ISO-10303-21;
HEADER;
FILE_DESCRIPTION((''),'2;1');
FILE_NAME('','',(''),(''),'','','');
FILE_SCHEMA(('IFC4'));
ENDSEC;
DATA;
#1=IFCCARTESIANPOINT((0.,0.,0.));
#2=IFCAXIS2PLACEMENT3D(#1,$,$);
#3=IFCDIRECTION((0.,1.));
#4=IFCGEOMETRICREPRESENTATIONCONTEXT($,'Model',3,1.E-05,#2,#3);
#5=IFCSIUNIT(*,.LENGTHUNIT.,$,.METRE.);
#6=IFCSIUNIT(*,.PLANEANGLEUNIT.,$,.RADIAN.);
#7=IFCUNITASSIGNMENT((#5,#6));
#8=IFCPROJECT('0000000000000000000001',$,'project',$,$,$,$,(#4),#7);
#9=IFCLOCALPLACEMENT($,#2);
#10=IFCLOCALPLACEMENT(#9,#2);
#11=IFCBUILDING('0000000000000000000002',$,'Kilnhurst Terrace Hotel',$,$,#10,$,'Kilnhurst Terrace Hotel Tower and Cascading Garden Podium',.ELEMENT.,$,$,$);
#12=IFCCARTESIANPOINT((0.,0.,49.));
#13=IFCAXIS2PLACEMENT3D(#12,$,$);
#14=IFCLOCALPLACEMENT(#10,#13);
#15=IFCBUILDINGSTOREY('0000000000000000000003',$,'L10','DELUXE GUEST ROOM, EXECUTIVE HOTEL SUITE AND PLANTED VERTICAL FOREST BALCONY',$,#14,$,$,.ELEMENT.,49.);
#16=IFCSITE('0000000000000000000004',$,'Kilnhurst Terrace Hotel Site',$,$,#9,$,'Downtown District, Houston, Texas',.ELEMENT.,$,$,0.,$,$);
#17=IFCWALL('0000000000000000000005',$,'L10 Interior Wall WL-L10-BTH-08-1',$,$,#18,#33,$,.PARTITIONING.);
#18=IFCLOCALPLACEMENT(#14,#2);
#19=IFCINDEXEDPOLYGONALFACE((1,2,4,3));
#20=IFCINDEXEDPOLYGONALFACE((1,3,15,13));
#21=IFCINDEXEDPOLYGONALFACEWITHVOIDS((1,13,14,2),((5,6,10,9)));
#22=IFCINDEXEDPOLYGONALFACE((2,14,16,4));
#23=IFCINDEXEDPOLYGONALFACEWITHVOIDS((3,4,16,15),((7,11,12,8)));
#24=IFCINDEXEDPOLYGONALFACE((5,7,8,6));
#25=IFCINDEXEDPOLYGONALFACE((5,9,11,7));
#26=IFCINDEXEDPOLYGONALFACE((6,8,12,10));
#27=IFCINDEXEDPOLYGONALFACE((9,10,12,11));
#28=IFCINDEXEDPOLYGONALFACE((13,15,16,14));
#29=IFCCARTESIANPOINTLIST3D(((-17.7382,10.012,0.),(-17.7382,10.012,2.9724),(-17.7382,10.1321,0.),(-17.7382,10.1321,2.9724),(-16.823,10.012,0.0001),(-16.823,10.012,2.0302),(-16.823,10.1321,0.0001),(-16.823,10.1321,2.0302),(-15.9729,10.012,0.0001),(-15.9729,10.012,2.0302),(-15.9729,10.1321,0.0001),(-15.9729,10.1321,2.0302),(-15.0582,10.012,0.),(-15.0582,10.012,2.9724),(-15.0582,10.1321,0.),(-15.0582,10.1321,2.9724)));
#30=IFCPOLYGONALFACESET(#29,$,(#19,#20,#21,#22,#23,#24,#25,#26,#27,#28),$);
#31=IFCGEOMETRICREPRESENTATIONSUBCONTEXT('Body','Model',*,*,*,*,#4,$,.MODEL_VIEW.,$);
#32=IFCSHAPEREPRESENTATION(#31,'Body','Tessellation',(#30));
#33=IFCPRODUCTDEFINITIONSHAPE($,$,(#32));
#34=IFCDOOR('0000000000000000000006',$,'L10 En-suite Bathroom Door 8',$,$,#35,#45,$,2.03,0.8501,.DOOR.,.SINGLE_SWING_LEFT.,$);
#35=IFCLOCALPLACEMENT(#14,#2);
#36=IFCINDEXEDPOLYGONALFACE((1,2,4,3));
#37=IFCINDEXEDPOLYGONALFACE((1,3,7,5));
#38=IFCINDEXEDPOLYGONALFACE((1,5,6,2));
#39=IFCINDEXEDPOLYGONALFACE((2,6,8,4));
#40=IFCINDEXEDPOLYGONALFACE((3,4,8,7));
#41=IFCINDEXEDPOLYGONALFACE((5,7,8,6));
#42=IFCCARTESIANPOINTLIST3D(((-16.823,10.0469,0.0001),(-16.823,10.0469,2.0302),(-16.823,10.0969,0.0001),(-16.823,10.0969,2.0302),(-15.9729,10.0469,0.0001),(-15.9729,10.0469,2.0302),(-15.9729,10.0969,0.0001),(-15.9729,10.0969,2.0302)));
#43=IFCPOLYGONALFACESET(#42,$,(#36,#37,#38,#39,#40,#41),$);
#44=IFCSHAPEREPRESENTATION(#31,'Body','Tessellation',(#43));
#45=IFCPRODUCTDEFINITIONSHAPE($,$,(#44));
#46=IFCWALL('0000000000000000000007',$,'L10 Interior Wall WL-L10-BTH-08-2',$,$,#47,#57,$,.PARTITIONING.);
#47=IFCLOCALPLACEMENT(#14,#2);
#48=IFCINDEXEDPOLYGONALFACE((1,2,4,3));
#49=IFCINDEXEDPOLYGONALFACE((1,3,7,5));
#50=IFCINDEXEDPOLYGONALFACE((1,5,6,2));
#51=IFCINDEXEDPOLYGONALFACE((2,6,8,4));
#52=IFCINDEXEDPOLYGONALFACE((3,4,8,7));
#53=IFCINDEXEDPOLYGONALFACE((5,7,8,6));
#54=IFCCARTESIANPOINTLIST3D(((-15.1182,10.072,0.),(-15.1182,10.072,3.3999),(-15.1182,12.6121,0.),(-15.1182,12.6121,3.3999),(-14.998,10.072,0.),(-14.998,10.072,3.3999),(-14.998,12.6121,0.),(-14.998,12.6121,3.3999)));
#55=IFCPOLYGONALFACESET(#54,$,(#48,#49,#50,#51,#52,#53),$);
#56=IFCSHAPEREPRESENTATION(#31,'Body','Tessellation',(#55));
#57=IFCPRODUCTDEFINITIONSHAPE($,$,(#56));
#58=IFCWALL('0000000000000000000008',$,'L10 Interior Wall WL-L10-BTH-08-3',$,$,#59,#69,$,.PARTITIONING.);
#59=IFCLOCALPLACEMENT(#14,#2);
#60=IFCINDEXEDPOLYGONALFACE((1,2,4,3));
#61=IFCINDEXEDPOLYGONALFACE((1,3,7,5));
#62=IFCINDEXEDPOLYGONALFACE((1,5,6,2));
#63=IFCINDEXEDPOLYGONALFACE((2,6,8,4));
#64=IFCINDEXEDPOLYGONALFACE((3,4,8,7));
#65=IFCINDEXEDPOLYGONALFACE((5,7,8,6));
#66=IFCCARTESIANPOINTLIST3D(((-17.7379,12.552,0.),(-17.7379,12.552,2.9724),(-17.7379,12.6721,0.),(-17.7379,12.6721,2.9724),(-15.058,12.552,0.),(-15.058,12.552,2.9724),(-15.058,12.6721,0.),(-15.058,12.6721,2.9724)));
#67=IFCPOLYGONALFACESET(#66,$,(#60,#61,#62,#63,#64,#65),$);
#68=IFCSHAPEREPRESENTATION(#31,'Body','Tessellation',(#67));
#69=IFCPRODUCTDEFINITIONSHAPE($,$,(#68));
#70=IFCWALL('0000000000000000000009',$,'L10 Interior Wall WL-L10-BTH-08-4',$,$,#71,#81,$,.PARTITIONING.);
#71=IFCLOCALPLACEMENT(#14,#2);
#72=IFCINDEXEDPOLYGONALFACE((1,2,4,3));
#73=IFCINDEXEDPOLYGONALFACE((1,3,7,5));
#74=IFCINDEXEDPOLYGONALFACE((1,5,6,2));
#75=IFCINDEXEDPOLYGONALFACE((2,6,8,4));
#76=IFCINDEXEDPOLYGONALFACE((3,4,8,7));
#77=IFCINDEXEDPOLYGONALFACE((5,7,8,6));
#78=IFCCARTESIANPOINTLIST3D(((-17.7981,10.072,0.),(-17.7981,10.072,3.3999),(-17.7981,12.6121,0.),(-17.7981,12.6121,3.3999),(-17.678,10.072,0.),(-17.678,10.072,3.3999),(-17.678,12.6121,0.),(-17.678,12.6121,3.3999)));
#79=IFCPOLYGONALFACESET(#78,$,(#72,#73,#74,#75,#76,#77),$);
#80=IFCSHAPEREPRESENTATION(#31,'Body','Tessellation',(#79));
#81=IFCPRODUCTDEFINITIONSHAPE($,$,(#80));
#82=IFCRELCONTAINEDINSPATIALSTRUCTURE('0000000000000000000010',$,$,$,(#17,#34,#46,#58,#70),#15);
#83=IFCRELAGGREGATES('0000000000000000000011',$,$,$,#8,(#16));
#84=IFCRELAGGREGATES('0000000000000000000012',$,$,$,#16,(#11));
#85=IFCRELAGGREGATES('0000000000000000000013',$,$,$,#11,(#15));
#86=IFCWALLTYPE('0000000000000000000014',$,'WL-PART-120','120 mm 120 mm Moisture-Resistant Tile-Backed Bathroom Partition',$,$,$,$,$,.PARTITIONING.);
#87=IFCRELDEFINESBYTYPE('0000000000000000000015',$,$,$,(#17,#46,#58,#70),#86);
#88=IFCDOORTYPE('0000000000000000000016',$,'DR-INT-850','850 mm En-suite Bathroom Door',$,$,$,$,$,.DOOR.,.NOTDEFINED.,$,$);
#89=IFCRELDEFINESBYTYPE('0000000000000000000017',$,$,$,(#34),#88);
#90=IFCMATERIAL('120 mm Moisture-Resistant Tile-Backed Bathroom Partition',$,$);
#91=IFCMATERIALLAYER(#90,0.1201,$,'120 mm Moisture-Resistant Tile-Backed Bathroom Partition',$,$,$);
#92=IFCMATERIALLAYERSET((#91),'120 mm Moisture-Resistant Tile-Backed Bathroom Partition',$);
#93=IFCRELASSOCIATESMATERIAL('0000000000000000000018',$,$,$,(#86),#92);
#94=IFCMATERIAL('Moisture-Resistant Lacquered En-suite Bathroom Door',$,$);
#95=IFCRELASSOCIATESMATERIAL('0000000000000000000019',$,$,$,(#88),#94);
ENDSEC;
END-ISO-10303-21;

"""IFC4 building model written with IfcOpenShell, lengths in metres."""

from ifc_helpers import new_model, si_unit, direction, frame, frame_2d, origin, place, context, subcontext, project, spatial, rectangle, extrude, material, layer, layer_set, type_object, element, fill, save


model = new_model("IFC4")

# Units and contexts
model_context = context("Model", 3, precision=1e-05, world=origin(), true_north=direction((0.0, 1.0)))
body_context = subcontext(model_context, "Body", "Model", "MODEL_VIEW")
ifc_project = project(units=[si_unit("LENGTHUNIT", "METRE"), si_unit("PLANEANGLEUNIT", "RADIAN")], contexts=[model_context])

# Site, building, storey
site_placement = place(None, origin())
site = spatial("IfcSite", under=ifc_project, at=site_placement, Name="Kilnhurst Terrace Hotel Site", LongName="Downtown District, Houston, Texas", CompositionType="ELEMENT", RefElevation=0.0)
building_placement = place(site_placement, origin())
building = spatial("IfcBuilding", under=site, at=building_placement, Name="Kilnhurst Terrace Hotel", LongName="Kilnhurst Terrace Hotel Tower and Cascading Garden Podium", CompositionType="ELEMENT")
storey_placement = place(building_placement, frame((0.0, 0.0, 49.0)))
storey = spatial("IfcBuildingStorey", under=building, at=storey_placement, Name="L10", Description="DELUXE GUEST ROOM, EXECUTIVE HOTEL SUITE AND PLANTED VERTICAL FOREST BALCONY", CompositionType="ELEMENT", Elevation=49.0)

# Wall, opening, door
ifc_material_1 = material(Name="120 mm Moisture-Resistant Tile-Backed Bathroom Partition")
ifc_layer_1 = layer(ifc_material_1, 0.1201, Name="120 mm Moisture-Resistant Tile-Backed Bathroom Partition")
ifc_layer_set_1 = layer_set([ifc_layer_1], Name="120 mm Moisture-Resistant Tile-Backed Bathroom Partition")
wall_type_1 = type_object("IfcWallType", Name="WL-PART-120", Description="120 mm 120 mm Moisture-Resistant Tile-Backed Bathroom Partition", PredefinedType="PARTITIONING", material=ifc_layer_set_1)
wall_1_placement = place(storey_placement, frame((-17.738, 10.072, 0.0), z_axis=(0.0, 0.0, 1.0), x_axis=(1.0, 0.0, 0.0)))
wall_1 = element("IfcWall", 1, at=wall_1_placement, inside=storey, type_object=wall_type_1, Name="L10 Interior Wall WL-L10-BTH-08-1", PredefinedType="PARTITIONING", context=body_context, shape_type="SweptSolid", body=[
    extrude(rectangle(XDim=2.6799, YDim=0.1201, at=frame_2d((1.3398, 0.0))), origin(), (0.0, 0.0, 1.0), 2.9724),
])
opening_1_placement = place(wall_1_placement, frame((0.915, 0.0, 0.0)))
opening_1 = element("IfcOpeningElement", 2, at=opening_1_placement, cuts=wall_1, PredefinedType="OPENING", context=body_context, shape_type="SweptSolid", body=[
    extrude(rectangle(XDim=0.8501, YDim=2.03, at=frame_2d((0.425, 1.0151))), frame((0.0, 0.0701, 0.0), z_axis=(0.0, -1.0, 0.0), x_axis=(1.0, 0.0, 0.0)), (0.0, 0.0, 1.0), 0.1401),
])
ifc_material_2 = material(Name="Moisture-Resistant Lacquered En-suite Bathroom Door")
door_type_1 = type_object("IfcDoorType", Name="DR-INT-850", Description="850 mm En-suite Bathroom Door", OperationType="NOTDEFINED", PredefinedType="DOOR", material=ifc_material_2)
door_1_placement = place(opening_1_placement, origin())
door_1 = element("IfcDoor", 3, at=door_1_placement, inside=storey, type_object=door_type_1, Name="L10 En-suite Bathroom Door 8", OperationType="SINGLE_SWING_LEFT", OverallHeight=2.03, OverallWidth=0.8501, PredefinedType="DOOR", context=body_context, shape_type="SweptSolid", body=[
    extrude(rectangle(XDim=0.8501, YDim=2.03, at=frame_2d((0.425, 1.0151))), frame((0.0, 0.0249, 0.0), z_axis=(0.0, -1.0, 0.0), x_axis=(1.0, 0.0, 0.0)), (0.0, 0.0, 1.0), 0.05),
])
fill(opening_1, door_1)

# Walls
wall_2_placement = place(storey_placement, frame((-15.0581, 10.072, 0.0), z_axis=(0.0, 0.0, 1.0), x_axis=(0.0, 1.0, 0.0)))
element("IfcWall", 4, at=wall_2_placement, inside=storey, type_object=wall_type_1, Name="L10 Interior Wall WL-L10-BTH-08-2", PredefinedType="PARTITIONING", context=body_context, shape_type="SweptSolid", body=[
    extrude(rectangle(XDim=2.54, YDim=0.1201, at=frame_2d((1.27, 0.0))), origin(), (0.0, 0.0, 1.0), 3.3999),
])
wall_3_placement = place(storey_placement, frame((-15.0581, 12.6121, 0.0), z_axis=(0.0, 0.0, 1.0), x_axis=(-1.0, 0.0, 0.0)))
element("IfcWall", 5, at=wall_3_placement, inside=storey, type_object=wall_type_1, Name="L10 Interior Wall WL-L10-BTH-08-3", PredefinedType="PARTITIONING", context=body_context, shape_type="SweptSolid", body=[
    extrude(rectangle(XDim=2.6799, YDim=0.1201, at=frame_2d((1.3398, 0.0))), origin(), (0.0, 0.0, 1.0), 2.9724),
])
wall_4_placement = place(storey_placement, frame((-17.738, 12.6121, 0.0), z_axis=(0.0, 0.0, 1.0), x_axis=(0.0, -1.0, 0.0)))
element("IfcWall", 6, at=wall_4_placement, inside=storey, type_object=wall_type_1, Name="L10 Interior Wall WL-L10-BTH-08-4", PredefinedType="PARTITIONING", context=body_context, shape_type="SweptSolid", body=[
    extrude(rectangle(XDim=2.54, YDim=0.1201, at=frame_2d((1.27, 0.0))), origin(), (0.0, 0.0, 1.0), 3.3999),
])

save(model, "model.ifc")
